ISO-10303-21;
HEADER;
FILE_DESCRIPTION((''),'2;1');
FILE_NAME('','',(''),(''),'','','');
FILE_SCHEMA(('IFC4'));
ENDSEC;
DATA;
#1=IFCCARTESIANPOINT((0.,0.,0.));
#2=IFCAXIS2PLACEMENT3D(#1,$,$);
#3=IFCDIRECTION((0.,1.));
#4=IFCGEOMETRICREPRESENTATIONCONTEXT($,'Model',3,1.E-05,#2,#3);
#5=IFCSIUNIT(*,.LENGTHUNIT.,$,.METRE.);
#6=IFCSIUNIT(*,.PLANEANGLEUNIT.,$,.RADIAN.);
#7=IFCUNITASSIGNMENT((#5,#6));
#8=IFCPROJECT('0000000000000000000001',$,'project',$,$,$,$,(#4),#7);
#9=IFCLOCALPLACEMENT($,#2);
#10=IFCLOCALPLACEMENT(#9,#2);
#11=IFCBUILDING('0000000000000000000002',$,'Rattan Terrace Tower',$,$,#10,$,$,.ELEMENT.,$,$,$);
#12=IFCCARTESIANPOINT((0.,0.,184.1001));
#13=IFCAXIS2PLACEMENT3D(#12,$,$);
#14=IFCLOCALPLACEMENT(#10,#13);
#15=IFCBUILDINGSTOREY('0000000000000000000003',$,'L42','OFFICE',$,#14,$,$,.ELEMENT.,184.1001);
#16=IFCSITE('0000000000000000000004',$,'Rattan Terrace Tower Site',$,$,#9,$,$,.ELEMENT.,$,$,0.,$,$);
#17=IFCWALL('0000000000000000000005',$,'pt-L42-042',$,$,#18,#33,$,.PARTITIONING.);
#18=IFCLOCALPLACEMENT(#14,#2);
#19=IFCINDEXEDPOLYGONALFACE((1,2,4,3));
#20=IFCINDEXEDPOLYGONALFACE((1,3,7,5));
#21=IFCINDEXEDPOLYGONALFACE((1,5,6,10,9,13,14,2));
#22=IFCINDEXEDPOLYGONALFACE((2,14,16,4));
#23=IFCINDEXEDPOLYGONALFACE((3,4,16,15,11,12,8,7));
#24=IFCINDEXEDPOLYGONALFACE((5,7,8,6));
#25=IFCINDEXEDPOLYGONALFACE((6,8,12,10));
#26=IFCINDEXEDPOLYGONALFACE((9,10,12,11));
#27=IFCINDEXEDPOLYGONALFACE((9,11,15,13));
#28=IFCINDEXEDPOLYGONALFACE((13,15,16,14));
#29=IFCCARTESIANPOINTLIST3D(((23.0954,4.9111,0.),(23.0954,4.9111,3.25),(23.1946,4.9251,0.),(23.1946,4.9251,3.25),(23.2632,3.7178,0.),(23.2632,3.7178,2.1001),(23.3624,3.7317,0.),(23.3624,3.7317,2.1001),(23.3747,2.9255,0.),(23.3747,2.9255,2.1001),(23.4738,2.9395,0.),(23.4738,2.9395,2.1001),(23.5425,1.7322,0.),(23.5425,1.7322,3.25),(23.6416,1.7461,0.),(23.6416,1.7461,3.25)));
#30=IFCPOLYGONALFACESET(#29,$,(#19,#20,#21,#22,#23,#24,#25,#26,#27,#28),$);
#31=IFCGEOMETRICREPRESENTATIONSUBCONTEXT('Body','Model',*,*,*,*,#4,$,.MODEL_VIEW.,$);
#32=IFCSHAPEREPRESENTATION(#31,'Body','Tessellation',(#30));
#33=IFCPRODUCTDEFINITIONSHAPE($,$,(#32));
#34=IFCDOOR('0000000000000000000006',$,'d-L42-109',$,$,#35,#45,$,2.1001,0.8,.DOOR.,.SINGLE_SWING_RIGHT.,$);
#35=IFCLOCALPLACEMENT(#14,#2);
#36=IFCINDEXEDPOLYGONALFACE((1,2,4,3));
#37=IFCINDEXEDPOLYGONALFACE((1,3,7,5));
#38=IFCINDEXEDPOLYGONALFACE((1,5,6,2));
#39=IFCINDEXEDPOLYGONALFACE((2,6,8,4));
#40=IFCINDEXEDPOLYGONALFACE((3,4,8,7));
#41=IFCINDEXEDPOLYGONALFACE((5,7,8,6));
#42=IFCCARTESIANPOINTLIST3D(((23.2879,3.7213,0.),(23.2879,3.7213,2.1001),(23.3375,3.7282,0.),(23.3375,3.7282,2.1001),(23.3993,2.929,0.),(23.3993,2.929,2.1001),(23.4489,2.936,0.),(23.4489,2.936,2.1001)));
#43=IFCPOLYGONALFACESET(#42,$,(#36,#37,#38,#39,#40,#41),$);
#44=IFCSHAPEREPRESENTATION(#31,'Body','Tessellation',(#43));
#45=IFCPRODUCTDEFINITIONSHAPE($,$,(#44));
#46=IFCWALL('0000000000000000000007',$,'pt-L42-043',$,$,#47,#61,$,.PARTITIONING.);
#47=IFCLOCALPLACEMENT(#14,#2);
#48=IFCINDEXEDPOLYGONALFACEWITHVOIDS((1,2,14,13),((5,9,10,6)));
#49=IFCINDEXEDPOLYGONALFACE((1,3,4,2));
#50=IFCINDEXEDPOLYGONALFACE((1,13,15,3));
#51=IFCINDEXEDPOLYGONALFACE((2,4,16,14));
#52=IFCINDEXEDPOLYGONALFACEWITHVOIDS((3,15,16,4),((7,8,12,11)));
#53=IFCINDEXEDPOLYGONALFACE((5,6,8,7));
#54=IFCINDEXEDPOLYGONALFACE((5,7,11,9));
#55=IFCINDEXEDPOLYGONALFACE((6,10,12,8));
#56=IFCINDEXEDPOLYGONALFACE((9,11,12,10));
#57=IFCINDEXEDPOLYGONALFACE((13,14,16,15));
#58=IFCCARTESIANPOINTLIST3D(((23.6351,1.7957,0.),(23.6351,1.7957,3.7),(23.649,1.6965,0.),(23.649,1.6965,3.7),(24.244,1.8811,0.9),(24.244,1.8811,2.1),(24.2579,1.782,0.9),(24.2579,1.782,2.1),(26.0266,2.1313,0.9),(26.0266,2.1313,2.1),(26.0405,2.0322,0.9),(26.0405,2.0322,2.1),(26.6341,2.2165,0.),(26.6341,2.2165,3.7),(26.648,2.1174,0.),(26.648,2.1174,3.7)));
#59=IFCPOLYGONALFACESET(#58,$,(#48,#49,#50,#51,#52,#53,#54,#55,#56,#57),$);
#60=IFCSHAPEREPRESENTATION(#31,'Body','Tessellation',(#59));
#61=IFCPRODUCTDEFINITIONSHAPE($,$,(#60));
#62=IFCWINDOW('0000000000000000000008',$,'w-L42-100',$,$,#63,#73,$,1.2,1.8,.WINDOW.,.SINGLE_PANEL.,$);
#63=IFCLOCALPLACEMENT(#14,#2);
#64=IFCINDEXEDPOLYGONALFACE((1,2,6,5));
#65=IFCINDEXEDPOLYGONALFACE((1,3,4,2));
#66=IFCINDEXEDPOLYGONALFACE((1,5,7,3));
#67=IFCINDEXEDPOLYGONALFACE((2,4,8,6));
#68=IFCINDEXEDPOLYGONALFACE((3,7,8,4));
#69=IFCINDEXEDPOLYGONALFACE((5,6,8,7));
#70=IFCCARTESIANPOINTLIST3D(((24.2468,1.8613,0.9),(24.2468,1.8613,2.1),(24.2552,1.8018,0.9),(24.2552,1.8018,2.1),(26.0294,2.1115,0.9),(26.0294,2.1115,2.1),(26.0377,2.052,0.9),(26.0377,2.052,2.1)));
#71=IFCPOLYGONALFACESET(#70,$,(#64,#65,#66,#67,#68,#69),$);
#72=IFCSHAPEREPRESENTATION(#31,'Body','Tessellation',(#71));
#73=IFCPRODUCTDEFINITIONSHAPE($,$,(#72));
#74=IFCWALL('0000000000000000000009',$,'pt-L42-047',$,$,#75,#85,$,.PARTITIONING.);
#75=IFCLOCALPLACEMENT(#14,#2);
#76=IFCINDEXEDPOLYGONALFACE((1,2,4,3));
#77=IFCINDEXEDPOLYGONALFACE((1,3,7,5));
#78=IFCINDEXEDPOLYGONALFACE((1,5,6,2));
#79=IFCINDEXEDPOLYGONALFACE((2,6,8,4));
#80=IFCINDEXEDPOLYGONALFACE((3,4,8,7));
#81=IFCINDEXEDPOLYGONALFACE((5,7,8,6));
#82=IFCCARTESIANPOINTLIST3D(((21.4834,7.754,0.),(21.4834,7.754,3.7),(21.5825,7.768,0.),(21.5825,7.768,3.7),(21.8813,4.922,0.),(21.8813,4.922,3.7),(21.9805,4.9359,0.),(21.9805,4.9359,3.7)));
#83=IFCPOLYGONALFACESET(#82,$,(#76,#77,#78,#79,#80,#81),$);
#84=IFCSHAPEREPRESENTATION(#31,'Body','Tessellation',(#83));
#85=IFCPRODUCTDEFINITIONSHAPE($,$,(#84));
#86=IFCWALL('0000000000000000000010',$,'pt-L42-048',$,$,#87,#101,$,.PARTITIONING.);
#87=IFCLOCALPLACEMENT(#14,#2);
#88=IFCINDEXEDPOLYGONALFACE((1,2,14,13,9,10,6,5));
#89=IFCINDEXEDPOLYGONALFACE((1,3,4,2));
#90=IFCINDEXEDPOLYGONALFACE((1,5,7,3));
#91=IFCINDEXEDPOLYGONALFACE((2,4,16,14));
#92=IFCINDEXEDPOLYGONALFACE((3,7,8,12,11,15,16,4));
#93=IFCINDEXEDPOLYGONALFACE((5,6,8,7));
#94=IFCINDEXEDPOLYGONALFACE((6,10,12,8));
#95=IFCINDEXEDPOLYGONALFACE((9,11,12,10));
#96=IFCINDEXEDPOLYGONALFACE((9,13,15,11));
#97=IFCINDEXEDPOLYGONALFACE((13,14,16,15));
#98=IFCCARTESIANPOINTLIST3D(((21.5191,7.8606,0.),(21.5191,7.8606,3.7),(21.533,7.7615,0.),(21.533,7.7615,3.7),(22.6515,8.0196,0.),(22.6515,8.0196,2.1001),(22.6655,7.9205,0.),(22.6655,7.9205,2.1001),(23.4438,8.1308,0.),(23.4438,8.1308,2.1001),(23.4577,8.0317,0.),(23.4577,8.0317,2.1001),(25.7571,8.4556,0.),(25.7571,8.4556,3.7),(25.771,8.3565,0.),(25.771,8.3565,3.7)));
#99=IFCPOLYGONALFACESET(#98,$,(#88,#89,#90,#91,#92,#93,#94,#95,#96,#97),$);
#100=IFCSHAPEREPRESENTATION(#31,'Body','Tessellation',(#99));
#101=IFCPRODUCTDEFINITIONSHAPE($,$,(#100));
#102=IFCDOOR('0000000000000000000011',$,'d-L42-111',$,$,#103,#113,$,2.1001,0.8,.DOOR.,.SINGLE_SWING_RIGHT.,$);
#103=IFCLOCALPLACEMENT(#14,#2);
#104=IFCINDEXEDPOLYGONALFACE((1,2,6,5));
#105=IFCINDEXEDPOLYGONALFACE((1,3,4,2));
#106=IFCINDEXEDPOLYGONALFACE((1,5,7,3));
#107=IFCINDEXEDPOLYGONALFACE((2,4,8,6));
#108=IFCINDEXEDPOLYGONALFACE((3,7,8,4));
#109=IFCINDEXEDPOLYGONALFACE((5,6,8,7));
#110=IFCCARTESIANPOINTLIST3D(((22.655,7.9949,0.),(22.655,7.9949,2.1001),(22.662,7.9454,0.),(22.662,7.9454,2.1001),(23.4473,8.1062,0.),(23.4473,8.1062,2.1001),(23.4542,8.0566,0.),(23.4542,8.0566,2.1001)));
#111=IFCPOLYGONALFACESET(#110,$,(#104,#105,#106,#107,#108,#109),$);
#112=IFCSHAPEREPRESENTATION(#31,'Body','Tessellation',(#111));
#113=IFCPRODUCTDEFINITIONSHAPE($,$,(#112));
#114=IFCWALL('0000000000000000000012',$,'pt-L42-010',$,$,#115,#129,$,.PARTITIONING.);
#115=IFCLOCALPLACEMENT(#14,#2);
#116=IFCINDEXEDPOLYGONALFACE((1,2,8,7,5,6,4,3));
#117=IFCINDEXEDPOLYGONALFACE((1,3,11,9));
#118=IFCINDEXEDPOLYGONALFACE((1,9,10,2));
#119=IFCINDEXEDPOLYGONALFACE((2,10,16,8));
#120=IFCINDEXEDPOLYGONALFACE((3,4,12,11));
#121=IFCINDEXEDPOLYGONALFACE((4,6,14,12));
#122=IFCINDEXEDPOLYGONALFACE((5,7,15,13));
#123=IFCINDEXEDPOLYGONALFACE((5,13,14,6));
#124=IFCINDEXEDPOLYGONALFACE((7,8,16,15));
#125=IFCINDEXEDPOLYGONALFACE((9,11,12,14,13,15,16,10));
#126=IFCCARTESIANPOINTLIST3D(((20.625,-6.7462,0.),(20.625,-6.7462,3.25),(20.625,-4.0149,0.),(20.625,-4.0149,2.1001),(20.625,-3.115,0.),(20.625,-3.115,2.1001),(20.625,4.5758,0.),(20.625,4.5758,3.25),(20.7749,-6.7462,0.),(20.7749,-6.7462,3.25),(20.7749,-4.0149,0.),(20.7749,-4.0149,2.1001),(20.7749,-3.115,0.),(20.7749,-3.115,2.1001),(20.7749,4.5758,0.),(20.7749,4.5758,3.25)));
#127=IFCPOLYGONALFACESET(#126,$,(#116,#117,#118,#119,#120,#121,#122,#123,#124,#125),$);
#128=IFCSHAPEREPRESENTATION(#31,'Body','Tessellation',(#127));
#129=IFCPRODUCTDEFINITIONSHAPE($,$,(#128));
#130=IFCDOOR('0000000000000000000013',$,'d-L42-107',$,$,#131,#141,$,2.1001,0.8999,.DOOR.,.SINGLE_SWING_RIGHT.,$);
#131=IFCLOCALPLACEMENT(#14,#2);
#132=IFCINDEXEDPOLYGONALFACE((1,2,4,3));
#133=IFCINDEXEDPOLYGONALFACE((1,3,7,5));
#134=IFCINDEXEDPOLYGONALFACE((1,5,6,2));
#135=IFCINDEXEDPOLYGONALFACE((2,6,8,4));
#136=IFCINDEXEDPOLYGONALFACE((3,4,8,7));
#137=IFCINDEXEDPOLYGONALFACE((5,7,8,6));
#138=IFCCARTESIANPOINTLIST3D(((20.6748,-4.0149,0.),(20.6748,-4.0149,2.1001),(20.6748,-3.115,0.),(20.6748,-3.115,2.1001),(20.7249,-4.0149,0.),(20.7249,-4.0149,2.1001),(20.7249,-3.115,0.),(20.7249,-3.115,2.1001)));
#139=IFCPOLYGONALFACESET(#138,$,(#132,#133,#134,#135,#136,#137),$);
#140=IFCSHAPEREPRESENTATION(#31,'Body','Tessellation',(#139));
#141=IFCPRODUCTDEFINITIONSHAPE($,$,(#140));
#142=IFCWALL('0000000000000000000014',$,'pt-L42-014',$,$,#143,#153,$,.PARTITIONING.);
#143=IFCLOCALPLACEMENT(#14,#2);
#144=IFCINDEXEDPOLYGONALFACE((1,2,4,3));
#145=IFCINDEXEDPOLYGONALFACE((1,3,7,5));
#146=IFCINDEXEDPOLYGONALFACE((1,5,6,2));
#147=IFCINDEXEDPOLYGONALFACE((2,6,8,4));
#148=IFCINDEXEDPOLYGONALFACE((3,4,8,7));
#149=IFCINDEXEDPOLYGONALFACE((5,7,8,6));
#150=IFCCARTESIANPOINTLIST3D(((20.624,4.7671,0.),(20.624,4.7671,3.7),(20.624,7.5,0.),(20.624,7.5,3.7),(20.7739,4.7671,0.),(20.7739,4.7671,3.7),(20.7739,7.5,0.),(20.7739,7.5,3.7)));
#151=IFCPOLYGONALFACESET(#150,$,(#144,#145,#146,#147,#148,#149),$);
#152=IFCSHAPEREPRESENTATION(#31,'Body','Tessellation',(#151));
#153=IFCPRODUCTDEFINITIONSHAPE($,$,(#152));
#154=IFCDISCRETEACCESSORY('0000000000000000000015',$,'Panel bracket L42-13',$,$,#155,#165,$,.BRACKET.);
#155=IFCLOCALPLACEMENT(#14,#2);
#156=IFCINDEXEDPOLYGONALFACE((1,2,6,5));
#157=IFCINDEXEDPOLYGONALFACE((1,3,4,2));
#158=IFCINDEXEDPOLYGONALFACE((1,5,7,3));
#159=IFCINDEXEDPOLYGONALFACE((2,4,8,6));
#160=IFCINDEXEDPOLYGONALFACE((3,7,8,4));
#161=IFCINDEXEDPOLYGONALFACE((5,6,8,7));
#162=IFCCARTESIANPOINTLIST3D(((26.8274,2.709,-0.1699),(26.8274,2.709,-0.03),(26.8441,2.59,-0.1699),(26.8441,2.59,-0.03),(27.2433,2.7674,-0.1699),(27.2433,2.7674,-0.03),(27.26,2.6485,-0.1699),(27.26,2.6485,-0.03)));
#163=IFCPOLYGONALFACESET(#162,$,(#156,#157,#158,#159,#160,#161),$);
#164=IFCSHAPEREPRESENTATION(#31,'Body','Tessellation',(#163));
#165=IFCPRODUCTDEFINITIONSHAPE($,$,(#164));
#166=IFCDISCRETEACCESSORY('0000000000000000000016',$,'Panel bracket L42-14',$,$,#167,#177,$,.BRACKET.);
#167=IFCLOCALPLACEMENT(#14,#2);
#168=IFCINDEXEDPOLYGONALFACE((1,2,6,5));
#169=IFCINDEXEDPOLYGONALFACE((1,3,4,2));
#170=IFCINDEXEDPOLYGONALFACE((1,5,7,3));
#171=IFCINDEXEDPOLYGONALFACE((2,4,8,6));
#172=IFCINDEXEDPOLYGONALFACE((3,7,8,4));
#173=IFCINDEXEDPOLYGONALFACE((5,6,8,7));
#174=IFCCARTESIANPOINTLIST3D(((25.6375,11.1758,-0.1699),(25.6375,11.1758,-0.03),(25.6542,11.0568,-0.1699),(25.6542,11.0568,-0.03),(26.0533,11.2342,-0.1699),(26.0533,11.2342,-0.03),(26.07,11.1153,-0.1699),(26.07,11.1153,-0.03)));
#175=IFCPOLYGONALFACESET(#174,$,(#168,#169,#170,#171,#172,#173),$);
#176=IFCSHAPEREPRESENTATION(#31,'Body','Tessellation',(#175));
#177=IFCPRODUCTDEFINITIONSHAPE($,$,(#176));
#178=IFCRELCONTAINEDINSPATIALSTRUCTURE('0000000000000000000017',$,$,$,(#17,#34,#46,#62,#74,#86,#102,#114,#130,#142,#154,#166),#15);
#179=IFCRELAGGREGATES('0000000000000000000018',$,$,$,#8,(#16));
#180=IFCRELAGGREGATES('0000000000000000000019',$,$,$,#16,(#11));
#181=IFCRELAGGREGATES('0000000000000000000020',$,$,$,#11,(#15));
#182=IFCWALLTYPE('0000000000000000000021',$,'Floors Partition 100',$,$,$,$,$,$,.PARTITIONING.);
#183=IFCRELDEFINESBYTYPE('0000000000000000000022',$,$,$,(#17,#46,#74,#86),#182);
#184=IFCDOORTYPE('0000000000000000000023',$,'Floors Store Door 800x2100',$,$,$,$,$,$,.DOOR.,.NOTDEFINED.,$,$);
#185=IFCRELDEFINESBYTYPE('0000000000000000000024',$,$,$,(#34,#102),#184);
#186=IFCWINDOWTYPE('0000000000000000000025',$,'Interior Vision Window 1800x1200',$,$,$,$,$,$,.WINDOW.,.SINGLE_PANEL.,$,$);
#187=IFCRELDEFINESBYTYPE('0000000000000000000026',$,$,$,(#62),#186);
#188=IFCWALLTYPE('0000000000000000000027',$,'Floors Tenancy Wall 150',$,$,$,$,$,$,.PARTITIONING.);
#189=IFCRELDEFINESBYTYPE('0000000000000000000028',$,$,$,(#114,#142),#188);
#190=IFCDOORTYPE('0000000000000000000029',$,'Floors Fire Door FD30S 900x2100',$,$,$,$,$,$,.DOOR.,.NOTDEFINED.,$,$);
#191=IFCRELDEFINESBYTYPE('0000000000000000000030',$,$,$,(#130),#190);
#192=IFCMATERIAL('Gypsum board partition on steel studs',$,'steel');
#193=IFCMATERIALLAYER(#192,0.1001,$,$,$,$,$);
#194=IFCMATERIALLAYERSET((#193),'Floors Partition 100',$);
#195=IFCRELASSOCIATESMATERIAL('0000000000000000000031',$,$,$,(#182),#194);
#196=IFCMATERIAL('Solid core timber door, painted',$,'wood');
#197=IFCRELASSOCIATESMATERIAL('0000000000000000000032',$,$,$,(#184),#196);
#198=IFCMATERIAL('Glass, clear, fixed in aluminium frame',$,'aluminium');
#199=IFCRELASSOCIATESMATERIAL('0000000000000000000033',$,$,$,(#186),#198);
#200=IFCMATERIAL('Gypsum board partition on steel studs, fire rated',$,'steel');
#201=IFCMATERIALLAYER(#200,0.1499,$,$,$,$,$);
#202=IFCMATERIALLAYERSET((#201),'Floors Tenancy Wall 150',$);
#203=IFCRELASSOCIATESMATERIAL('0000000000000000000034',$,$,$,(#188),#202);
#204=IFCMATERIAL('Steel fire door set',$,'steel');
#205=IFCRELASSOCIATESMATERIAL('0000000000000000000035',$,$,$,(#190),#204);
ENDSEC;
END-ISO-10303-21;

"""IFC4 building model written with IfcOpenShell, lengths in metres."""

from ifc_helpers import new_model, si_unit, direction, frame, frame_2d, origin, origin_2d, place, context, subcontext, project, spatial, rectangle, extrude, material, layer, layer_set, type_object, element, fill, save


model = new_model("IFC4")

# Units and contexts
model_context = context("Model", 3, precision=1e-05, world=origin(), true_north=direction((0.0, 1.0)))
body_context = subcontext(model_context, "Body", "Model", "MODEL_VIEW")
ifc_project = project(units=[si_unit("LENGTHUNIT", "METRE"), si_unit("PLANEANGLEUNIT", "RADIAN")], contexts=[model_context])

# Site, building, storey
site_placement = place(None, origin())
site = spatial("IfcSite", under=ifc_project, at=site_placement, Name="Rattan Terrace Tower Site", CompositionType="ELEMENT", RefElevation=0.0)
building_placement = place(site_placement, origin())
building = spatial("IfcBuilding", under=site, at=building_placement, Name="Rattan Terrace Tower", CompositionType="ELEMENT")
storey_placement = place(building_placement, frame((0.0, 0.0, 184.1001)))
storey = spatial("IfcBuildingStorey", under=building, at=storey_placement, Name="L42", Description="OFFICE", CompositionType="ELEMENT", Elevation=184.1001)

# Wall, opening, door
ifc_material_1 = material(Name="Gypsum board partition on steel studs", Category="steel")
ifc_layer_1 = layer(ifc_material_1, 0.1001)
ifc_layer_set_1 = layer_set([ifc_layer_1], Name="Floors Partition 100")
wall_type_1 = type_object("IfcWallType", Name="Floors Partition 100", PredefinedType="PARTITIONING", material=ifc_layer_set_1)
wall_1_placement = place(storey_placement, frame((23.145, 4.918, 0.0), z_axis=(0.0, 0.0, 1.0), x_axis=(0.139249, -0.990257, 0.0)))
wall_1 = element("IfcWall", 1, at=wall_1_placement, inside=storey, type_object=wall_type_1, Name="pt-L42-042", PredefinedType="PARTITIONING", context=body_context, shape_type="SweptSolid", body=[
    extrude(rectangle(XDim=3.2102, YDim=0.1001, at=frame_2d((1.605, 0.0))), origin(), (0.0, 0.0, 1.0), 3.25),
])
opening_1_placement = place(wall_1_placement, frame((1.2051, 0.0, 0.0)))
opening_1 = element("IfcOpeningElement", 2, at=opening_1_placement, cuts=wall_1, PredefinedType="OPENING", context=body_context, shape_type="SweptSolid", body=[
    extrude(rectangle(XDim=0.8, YDim=2.1001, at=frame_2d((0.3999, 1.05))), frame((0.0, 0.0605, 0.0), z_axis=(0.0, -1.0, 0.0), x_axis=(1.0, 0.0, 0.0)), (0.0, 0.0, 1.0), 0.1211),
])
ifc_material_2 = material(Name="Solid core timber door, painted", Category="wood")
door_type_1 = type_object("IfcDoorType", Name="Floors Store Door 800x2100", OperationType="NOTDEFINED", PredefinedType="DOOR", material=ifc_material_2)
door_1_placement = place(opening_1_placement, origin())
door_1 = element("IfcDoor", 3, at=door_1_placement, inside=storey, type_object=door_type_1, Name="d-L42-109", OperationType="SINGLE_SWING_RIGHT", OverallHeight=2.1001, OverallWidth=0.8, PredefinedType="DOOR", context=body_context, shape_type="SweptSolid", body=[
    extrude(rectangle(XDim=0.8, YDim=2.1001, at=frame_2d((0.3999, 1.05))), frame((0.0, 0.0249, 0.0), z_axis=(0.0, -1.0, 0.0), x_axis=(1.0, 0.0, 0.0)), (0.0, 0.0, 1.0), 0.05),
])
fill(opening_1, door_1)

# Wall, opening, window
wall_2_placement = place(storey_placement, frame((23.6421, 1.7461, 0.0), z_axis=(0.0, 0.0, 1.0), x_axis=(0.990295, 0.138983, 0.0)))
wall_2 = element("IfcWall", 4, at=wall_2_placement, inside=storey, type_object=wall_type_1, Name="pt-L42-043", PredefinedType="PARTITIONING", context=body_context, shape_type="SweptSolid", body=[
    extrude(rectangle(XDim=3.0283, YDim=0.1001, at=frame_2d((1.5142, 0.0))), origin(), (0.0, 0.0, 1.0), 3.7),
])
opening_2_placement = place(wall_2_placement, frame((0.615, 0.0, 0.8999)))
opening_2 = element("IfcOpeningElement", 5, at=opening_2_placement, cuts=wall_2, PredefinedType="OPENING", context=body_context, shape_type="SweptSolid", body=[
    extrude(rectangle(XDim=1.8, YDim=1.2, at=frame_2d((0.8999, 0.6001))), frame((0.0, 0.0605, 0.0), z_axis=(0.0, -1.0, 0.0), x_axis=(1.0, 0.0, 0.0)), (0.0, 0.0, 1.0), 0.1211),
])
ifc_material_3 = material(Name="Glass, clear, fixed in aluminium frame", Category="aluminium")
window_type = type_object("IfcWindowType", Name="Interior Vision Window 1800x1200", PartitioningType="SINGLE_PANEL", PredefinedType="WINDOW", material=ifc_material_3)
window_placement = place(opening_2_placement, origin())
window = element("IfcWindow", 6, at=window_placement, inside=storey, type_object=window_type, Name="w-L42-100", OverallHeight=1.2, OverallWidth=1.8, PartitioningType="SINGLE_PANEL", PredefinedType="WINDOW", context=body_context, shape_type="SweptSolid", body=[
    extrude(rectangle(XDim=1.8, YDim=1.2, at=frame_2d((0.8999, 0.6001))), frame((0.0, 0.03, 0.0), z_axis=(0.0, -1.0, 0.0), x_axis=(1.0, 0.0, 0.0)), (0.0, 0.0, 1.0), 0.0601),
])
fill(opening_2, window)

# Wall
wall_3_placement = place(storey_placement, frame((21.533, 7.761, 0.0), z_axis=(0.0, 0.0, 1.0), x_axis=(0.13915, -0.990271, 0.0)))
element("IfcWall", 7, at=wall_3_placement, inside=storey, type_object=wall_type_1, Name="pt-L42-047", PredefinedType="PARTITIONING", context=body_context, shape_type="SweptSolid", body=[
    extrude(rectangle(XDim=2.8599, YDim=0.1001, at=frame_2d((1.4299, 0.0))), origin(), (0.0, 0.0, 1.0), 3.7),
])

# Walls, openings, doors
wall_4_placement = place(storey_placement, frame((25.7639, 8.406, 0.0), z_axis=(0.0, 0.0, 1.0), x_axis=(-0.990289, -0.139025, 0.0)))
wall_4 = element("IfcWall", 8, at=wall_4_placement, inside=storey, type_object=wall_type_1, Name="pt-L42-048", PredefinedType="PARTITIONING", context=body_context, shape_type="SweptSolid", body=[
    extrude(rectangle(XDim=4.2795, YDim=0.1001, at=frame_2d((2.1396, 0.0))), origin(), (0.0, 0.0, 1.0), 3.7),
])
opening_3_placement = place(wall_4_placement, frame((2.3359, 0.0, 0.0)))
opening_3 = element("IfcOpeningElement", 9, at=opening_3_placement, cuts=wall_4, PredefinedType="OPENING", context=body_context, shape_type="SweptSolid", body=[
    extrude(rectangle(XDim=0.8, YDim=2.1001, at=frame_2d((0.3999, 1.05))), frame((0.0, 0.0605, 0.0), z_axis=(0.0, -1.0, 0.0), x_axis=(1.0, 0.0, 0.0)), (0.0, 0.0, 1.0), 0.1211),
])
door_2_placement = place(opening_3_placement, origin())
door_2 = element("IfcDoor", 10, at=door_2_placement, inside=storey, type_object=door_type_1, Name="d-L42-111", OperationType="SINGLE_SWING_RIGHT", OverallHeight=2.1001, OverallWidth=0.8, PredefinedType="DOOR", context=body_context, shape_type="SweptSolid", body=[
    extrude(rectangle(XDim=0.8, YDim=2.1001, at=frame_2d((0.3999, 1.05))), frame((0.0, 0.0249, 0.0), z_axis=(0.0, -1.0, 0.0), x_axis=(1.0, 0.0, 0.0)), (0.0, 0.0, 1.0), 0.05),
])
fill(opening_3, door_2)
ifc_material_4 = material(Name="Gypsum board partition on steel studs, fire rated", Category="steel")
ifc_layer_2 = layer(ifc_material_4, 0.1499)
ifc_layer_set_2 = layer_set([ifc_layer_2], Name="Floors Tenancy Wall 150")
wall_type_2 = type_object("IfcWallType", Name="Floors Tenancy Wall 150", PredefinedType="PARTITIONING", material=ifc_layer_set_2)
wall_5_placement = place(storey_placement, frame((20.7, 4.5759, 0.0), z_axis=(0.0, 0.0, 1.0), x_axis=(0.0, -1.0, 0.0)))
wall_5 = element("IfcWall", 11, at=wall_5_placement, inside=storey, type_object=wall_type_2, Name="pt-L42-010", PredefinedType="PARTITIONING", context=body_context, shape_type="SweptSolid", body=[
    extrude(rectangle(XDim=11.322, YDim=0.1499, at=frame_2d((5.6611, 0.0))), origin(), (0.0, 0.0, 1.0), 3.25),
])
opening_4_placement = place(wall_5_placement, frame((7.6909, 0.0, 0.0)))
opening_4 = element("IfcOpeningElement", 12, at=opening_4_placement, cuts=wall_5, PredefinedType="OPENING", context=body_context, shape_type="SweptSolid", body=[
    extrude(rectangle(XDim=0.8999, YDim=2.1001, at=frame_2d((0.45, 1.05))), frame((0.0, 0.0854, 0.0), z_axis=(0.0, -1.0, 0.0), x_axis=(1.0, 0.0, 0.0)), (0.0, 0.0, 1.0), 0.1709),
])
ifc_material_5 = material(Name="Steel fire door set", Category="steel")
door_type_2 = type_object("IfcDoorType", Name="Floors Fire Door FD30S 900x2100", OperationType="NOTDEFINED", PredefinedType="DOOR", material=ifc_material_5)
door_3_placement = place(opening_4_placement, origin())
door_3 = element("IfcDoor", 13, at=door_3_placement, inside=storey, type_object=door_type_2, Name="d-L42-107", OperationType="SINGLE_SWING_RIGHT", OverallHeight=2.1001, OverallWidth=0.8999, PredefinedType="DOOR", context=body_context, shape_type="SweptSolid", body=[
    extrude(rectangle(XDim=0.8999, YDim=2.1001, at=frame_2d((0.45, 1.05))), frame((0.0, 0.0249, 0.0), z_axis=(0.0, -1.0, 0.0), x_axis=(1.0, 0.0, 0.0)), (0.0, 0.0, 1.0), 0.05),
])
fill(opening_4, door_3)

# Wall
wall_6_placement = place(storey_placement, frame((20.699, 7.5, 0.0), z_axis=(0.0, 0.0, 1.0), x_axis=(0.0, -1.0, 0.0)))
element("IfcWall", 14, at=wall_6_placement, inside=storey, type_object=wall_type_2, Name="pt-L42-014", PredefinedType="PARTITIONING", context=body_context, shape_type="SweptSolid", body=[
    extrude(rectangle(XDim=2.7329, YDim=0.1499, at=frame_2d((1.3665, 0.0))), origin(), (0.0, 0.0, 1.0), 3.7),
])

# Discrete accessories
for number, where, z_axis, x_axis, name in (
    (15, (27.0437, 2.6787, -0.1699), (0.0, 0.0, 1.0), (-0.139191, 0.990266, 0.0), "Panel bracket L42-13"),
    (16, (25.8538, 11.1455, -0.1699), (0.0, 0.0, 1.0), (-0.139191, 0.990266, 0.0), "Panel bracket L42-14"),
):
    element("IfcDiscreteAccessory", number, at=place(storey_placement, frame(where, z_axis=z_axis, x_axis=x_axis)), inside=storey, Name=name, PredefinedType="BRACKET", context=body_context, shape_type="SweptSolid", body=[
        extrude(rectangle(XDim=0.1201, YDim=0.4199, at=origin_2d()), origin(), (0.0, 0.0, 1.0), 0.1399),
    ])

save(model, "model.ifc")
